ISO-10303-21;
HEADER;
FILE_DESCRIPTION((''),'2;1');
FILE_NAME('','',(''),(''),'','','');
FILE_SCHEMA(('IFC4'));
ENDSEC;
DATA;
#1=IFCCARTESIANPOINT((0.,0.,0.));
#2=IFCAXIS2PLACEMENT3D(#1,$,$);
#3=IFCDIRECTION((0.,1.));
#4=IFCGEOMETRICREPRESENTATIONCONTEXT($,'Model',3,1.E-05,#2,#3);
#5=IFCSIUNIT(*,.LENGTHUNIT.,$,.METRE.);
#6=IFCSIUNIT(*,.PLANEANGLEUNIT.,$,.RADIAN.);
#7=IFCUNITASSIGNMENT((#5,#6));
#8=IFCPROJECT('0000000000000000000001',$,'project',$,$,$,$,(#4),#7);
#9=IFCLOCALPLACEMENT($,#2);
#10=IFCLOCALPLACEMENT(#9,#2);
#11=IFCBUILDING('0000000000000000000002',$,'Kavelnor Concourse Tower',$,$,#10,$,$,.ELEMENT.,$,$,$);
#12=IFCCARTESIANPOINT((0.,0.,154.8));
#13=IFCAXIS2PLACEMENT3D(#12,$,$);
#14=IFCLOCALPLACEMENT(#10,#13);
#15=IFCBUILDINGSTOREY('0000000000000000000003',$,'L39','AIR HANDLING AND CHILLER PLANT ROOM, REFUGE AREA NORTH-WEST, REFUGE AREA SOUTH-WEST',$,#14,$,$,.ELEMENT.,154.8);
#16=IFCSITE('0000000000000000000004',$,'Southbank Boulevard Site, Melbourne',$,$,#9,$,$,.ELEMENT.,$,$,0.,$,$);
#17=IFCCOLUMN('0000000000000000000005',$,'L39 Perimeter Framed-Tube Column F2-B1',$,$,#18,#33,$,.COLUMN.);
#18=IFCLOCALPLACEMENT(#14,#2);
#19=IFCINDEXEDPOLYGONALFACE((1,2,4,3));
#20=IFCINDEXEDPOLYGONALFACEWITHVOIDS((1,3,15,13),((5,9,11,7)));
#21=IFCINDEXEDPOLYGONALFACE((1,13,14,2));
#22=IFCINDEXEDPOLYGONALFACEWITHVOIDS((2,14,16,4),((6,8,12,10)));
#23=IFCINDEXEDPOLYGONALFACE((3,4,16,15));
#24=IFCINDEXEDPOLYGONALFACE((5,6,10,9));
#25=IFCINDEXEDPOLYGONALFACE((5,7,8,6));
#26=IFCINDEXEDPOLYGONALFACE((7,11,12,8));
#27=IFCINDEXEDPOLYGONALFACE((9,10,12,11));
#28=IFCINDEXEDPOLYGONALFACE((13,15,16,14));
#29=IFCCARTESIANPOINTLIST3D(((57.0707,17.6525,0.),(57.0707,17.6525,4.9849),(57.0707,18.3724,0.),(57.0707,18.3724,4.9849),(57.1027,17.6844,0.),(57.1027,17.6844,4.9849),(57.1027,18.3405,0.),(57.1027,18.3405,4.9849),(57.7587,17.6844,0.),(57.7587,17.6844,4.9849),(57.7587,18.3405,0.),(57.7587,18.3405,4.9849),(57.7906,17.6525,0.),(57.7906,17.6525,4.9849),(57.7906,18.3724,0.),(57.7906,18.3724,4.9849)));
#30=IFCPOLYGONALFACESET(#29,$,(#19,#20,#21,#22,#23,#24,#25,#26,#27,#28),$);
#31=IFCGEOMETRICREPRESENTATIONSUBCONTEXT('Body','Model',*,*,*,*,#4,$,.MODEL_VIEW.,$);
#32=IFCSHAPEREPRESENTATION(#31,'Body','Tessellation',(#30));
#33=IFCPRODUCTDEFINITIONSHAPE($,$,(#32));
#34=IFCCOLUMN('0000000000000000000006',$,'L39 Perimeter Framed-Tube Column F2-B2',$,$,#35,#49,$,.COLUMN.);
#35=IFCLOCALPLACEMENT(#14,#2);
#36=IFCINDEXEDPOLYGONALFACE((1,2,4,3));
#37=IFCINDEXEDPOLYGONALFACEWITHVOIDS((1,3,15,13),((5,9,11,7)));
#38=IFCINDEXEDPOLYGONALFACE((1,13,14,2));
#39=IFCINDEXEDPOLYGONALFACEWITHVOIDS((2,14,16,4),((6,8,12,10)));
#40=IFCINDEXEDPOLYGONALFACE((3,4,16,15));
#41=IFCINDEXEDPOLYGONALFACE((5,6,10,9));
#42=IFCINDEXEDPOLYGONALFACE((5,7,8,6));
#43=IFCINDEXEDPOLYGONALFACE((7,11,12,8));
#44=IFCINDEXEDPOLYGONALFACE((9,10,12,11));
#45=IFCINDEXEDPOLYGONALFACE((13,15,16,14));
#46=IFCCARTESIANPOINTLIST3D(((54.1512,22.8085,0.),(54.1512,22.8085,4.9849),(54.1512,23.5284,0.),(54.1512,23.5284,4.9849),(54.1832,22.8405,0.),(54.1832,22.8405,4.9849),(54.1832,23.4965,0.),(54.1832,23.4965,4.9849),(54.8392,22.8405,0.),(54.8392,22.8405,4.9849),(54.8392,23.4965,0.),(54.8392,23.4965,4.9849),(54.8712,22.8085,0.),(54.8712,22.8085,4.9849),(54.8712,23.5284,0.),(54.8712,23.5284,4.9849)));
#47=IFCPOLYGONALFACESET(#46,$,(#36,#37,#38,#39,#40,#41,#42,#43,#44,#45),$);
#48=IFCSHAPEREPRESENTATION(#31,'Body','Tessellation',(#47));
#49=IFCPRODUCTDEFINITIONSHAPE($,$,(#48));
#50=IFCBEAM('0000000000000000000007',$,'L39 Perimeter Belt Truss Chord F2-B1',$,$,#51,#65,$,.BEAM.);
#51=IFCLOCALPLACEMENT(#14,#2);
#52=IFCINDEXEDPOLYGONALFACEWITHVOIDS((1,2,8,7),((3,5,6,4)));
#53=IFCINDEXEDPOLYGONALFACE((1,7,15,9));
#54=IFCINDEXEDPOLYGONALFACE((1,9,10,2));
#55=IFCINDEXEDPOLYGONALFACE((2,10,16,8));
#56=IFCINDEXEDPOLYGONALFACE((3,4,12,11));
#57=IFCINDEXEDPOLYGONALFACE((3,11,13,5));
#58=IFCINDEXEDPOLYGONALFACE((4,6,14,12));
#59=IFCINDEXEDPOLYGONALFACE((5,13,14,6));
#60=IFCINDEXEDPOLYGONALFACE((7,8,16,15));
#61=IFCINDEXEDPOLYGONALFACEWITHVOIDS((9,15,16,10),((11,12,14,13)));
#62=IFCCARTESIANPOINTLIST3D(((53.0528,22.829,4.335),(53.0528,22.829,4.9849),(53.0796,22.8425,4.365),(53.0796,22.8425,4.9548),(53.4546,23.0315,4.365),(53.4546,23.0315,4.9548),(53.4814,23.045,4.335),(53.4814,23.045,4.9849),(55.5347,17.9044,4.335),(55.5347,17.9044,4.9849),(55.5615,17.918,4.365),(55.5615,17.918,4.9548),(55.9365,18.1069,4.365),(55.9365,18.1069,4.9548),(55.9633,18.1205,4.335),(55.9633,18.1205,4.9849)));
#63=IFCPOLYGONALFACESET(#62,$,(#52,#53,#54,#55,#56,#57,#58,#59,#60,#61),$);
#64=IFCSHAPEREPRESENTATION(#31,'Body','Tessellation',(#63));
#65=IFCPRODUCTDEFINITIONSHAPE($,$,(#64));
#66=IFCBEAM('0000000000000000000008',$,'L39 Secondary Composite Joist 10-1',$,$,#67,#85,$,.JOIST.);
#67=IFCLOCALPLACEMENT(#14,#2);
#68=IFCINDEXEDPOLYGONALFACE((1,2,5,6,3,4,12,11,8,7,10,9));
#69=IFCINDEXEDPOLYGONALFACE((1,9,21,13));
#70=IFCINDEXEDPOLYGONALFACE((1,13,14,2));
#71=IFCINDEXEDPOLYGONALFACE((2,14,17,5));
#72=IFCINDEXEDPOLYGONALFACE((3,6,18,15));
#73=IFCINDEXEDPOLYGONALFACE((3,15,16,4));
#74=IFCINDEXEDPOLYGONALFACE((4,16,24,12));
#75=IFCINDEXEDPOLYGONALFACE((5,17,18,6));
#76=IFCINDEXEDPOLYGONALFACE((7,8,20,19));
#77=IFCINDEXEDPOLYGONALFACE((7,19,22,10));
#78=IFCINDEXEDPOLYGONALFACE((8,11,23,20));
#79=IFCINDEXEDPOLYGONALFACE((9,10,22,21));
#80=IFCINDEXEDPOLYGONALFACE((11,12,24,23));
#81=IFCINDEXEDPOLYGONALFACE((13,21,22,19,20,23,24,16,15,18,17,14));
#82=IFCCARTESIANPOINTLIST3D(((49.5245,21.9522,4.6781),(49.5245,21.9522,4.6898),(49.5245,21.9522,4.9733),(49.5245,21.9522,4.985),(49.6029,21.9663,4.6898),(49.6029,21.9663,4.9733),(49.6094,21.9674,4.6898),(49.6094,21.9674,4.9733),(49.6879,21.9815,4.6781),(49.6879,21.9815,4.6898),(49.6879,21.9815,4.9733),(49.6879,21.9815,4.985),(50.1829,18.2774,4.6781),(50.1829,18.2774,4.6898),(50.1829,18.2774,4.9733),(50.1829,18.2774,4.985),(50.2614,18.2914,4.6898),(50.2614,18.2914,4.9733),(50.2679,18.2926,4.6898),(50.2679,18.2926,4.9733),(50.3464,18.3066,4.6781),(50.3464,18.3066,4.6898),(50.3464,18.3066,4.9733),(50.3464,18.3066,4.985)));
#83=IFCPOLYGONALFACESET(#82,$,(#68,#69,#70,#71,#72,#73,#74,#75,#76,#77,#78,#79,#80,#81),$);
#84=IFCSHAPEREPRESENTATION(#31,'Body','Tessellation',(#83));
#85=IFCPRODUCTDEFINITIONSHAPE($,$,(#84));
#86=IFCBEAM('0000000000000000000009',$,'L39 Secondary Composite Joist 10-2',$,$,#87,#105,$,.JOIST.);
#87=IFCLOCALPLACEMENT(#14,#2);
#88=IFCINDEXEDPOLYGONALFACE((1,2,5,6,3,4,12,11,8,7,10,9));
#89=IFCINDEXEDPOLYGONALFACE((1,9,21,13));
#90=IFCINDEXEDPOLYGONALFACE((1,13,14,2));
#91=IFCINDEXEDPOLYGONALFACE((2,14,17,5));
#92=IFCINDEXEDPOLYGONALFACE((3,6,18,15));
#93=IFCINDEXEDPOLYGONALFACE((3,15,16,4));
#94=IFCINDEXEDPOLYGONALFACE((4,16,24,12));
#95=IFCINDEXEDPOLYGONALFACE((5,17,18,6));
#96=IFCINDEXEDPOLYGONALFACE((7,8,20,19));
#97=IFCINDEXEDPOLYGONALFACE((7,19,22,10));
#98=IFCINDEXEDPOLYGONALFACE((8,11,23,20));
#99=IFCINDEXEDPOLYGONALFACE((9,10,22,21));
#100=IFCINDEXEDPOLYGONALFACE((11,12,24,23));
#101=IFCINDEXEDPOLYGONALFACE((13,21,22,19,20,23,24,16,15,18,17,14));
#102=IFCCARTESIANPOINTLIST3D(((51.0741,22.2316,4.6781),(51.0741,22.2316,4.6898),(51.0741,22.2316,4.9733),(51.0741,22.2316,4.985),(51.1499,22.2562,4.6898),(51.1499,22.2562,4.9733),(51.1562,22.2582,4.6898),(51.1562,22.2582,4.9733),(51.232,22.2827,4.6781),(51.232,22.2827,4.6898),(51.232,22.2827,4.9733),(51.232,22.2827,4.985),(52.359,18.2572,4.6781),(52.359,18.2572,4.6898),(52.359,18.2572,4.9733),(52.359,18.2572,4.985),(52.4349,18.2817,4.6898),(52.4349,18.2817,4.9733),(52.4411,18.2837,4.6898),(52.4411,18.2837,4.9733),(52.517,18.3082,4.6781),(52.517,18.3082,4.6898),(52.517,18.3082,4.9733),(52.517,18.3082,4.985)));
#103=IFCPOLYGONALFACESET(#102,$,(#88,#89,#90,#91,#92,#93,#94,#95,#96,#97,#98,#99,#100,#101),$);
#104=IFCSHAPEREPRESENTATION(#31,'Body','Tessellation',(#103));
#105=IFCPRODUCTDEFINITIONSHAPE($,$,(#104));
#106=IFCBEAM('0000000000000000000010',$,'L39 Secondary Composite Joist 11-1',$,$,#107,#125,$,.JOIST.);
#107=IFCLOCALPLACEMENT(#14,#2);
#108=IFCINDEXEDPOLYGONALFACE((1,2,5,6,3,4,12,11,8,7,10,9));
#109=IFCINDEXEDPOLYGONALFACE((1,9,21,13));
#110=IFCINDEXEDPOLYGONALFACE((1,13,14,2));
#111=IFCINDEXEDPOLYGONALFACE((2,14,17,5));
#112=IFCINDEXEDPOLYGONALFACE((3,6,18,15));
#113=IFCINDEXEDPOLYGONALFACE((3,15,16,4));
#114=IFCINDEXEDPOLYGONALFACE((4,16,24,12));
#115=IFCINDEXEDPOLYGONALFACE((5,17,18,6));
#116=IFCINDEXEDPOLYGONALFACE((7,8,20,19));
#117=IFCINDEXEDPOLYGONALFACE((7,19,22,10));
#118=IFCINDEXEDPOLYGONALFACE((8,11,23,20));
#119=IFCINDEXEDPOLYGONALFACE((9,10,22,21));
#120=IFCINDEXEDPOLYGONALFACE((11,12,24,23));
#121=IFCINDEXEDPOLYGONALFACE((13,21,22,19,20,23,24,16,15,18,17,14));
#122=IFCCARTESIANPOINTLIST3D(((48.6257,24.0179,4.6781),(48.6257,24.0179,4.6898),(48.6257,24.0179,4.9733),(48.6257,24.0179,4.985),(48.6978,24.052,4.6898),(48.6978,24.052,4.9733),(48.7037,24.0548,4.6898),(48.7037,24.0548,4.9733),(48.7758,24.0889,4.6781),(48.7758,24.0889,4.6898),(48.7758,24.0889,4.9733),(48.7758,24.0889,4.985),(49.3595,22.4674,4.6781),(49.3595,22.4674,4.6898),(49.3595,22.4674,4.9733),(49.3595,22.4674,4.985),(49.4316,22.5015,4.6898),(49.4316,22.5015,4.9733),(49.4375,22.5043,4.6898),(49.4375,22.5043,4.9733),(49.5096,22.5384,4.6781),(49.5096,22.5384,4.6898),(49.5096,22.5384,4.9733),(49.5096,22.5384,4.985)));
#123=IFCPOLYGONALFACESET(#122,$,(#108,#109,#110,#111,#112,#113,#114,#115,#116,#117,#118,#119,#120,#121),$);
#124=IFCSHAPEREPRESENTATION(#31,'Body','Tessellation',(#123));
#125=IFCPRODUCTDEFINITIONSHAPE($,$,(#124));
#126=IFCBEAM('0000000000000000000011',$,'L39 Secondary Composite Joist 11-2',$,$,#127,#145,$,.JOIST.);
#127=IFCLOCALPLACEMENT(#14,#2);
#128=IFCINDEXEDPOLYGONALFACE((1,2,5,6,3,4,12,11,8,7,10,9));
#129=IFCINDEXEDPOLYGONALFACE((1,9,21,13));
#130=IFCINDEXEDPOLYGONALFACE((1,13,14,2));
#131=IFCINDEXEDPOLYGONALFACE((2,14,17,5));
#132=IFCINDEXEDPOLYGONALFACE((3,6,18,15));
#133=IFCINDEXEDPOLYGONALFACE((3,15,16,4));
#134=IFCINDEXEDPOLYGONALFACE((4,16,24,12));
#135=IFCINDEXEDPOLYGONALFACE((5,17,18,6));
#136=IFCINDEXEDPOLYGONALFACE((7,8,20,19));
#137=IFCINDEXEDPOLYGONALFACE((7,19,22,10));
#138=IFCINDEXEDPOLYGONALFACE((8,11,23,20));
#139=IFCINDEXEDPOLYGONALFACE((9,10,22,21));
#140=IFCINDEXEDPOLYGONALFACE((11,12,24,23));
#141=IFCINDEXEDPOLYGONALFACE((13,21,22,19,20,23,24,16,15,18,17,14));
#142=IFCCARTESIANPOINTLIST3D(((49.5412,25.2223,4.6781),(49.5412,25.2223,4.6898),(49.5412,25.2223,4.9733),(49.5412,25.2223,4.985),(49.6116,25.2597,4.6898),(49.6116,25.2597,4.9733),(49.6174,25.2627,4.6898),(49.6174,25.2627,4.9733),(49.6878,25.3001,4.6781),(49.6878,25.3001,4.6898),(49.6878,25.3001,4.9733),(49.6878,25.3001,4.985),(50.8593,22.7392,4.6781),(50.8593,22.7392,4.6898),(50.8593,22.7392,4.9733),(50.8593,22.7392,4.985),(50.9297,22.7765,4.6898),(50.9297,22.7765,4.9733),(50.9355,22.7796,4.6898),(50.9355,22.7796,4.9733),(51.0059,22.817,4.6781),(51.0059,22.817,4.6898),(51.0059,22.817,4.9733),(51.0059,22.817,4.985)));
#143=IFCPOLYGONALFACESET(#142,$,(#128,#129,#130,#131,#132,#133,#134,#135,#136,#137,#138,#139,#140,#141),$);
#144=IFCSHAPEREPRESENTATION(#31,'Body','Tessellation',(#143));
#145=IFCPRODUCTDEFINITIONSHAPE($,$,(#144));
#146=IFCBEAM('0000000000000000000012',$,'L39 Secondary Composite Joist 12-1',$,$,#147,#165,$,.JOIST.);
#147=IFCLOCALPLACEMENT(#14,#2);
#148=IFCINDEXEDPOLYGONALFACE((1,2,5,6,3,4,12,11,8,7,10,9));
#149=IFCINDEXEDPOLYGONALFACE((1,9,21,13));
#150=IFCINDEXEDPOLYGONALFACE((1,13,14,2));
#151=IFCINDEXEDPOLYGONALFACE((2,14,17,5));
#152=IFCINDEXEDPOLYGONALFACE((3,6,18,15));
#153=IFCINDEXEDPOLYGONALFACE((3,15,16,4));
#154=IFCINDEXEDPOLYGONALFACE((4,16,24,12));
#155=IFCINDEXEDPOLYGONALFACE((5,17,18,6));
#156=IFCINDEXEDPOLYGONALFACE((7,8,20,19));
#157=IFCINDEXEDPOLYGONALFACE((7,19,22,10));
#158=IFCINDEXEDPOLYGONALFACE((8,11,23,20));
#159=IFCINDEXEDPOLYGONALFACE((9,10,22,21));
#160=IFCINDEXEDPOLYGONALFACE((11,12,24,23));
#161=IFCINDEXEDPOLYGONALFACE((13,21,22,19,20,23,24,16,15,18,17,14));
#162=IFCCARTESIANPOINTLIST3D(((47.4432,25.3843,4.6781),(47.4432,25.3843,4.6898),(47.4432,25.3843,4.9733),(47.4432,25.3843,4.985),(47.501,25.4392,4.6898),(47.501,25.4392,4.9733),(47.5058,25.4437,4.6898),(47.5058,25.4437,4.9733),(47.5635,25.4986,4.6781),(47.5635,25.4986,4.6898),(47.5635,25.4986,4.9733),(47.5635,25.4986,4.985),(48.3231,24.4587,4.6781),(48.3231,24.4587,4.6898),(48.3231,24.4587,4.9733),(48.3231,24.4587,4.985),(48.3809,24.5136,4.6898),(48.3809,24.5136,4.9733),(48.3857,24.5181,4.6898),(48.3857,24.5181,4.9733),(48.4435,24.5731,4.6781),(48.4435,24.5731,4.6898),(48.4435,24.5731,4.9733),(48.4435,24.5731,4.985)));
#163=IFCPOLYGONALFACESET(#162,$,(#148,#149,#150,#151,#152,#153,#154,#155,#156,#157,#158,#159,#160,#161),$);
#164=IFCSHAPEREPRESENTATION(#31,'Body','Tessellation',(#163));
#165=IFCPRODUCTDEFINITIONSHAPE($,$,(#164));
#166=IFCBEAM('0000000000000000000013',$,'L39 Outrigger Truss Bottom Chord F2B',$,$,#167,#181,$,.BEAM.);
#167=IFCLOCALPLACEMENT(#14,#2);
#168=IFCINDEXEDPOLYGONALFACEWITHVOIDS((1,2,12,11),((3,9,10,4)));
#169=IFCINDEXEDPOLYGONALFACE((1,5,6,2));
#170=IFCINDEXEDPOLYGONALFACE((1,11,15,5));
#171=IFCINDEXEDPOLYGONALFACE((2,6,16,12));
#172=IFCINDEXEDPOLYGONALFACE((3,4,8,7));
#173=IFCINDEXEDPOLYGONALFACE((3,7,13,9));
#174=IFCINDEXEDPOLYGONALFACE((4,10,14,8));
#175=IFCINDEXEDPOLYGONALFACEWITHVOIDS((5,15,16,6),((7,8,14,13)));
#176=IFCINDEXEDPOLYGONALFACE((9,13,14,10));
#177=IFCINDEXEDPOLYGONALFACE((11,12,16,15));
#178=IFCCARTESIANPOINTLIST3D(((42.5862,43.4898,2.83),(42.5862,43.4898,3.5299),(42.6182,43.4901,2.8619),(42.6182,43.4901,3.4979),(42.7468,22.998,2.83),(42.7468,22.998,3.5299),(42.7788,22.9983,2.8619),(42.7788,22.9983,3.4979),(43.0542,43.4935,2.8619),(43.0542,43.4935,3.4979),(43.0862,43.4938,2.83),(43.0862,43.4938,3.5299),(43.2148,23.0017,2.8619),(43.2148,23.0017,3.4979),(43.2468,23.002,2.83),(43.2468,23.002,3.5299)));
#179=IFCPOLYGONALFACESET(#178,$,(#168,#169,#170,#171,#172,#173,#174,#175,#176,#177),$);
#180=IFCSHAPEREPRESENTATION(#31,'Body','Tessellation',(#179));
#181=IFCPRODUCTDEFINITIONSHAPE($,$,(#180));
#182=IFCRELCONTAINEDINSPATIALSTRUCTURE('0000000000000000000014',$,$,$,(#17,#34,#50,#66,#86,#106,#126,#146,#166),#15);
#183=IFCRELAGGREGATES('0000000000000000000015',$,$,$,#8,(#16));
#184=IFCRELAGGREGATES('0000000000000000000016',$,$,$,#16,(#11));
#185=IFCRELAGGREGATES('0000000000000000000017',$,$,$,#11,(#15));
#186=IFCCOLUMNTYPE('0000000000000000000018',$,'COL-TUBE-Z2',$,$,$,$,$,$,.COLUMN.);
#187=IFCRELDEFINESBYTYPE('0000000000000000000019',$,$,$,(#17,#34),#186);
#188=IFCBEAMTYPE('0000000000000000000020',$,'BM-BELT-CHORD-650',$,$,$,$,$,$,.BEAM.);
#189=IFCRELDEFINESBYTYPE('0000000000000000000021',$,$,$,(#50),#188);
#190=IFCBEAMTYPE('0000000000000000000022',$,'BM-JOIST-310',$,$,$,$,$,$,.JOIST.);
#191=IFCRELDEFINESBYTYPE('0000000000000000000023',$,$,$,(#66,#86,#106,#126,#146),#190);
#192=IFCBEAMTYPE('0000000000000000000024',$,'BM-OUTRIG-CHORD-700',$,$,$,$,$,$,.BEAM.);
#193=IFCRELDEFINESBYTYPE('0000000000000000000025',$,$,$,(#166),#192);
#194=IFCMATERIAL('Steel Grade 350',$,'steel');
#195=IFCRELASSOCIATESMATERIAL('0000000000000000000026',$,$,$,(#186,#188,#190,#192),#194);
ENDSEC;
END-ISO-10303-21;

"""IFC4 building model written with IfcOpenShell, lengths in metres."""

from ifc_helpers import new_model, si_unit, direction, frame, origin, origin_2d, place, context, subcontext, project, spatial, hollow_rectangle, i_section, extrude, material, material_profile, profile_set, type_object, element, save


model = new_model("IFC4")

# Units and contexts
model_context = context("Model", 3, precision=1e-05, world=origin(), true_north=direction((0.0, 1.0)))
body_context = subcontext(model_context, "Body", "Model", "MODEL_VIEW")
ifc_project = project(units=[si_unit("LENGTHUNIT", "METRE"), si_unit("PLANEANGLEUNIT", "RADIAN")], contexts=[model_context])

# Site, building, storey
site_placement = place(None, origin())
site = spatial("IfcSite", under=ifc_project, at=site_placement, Name="Southbank Boulevard Site, Melbourne", CompositionType="ELEMENT", RefElevation=0.0)
building_placement = place(site_placement, origin())
building = spatial("IfcBuilding", under=site, at=building_placement, Name="Kavelnor Concourse Tower", CompositionType="ELEMENT")
storey_placement = place(building_placement, frame((0.0, 0.0, 154.8)))
storey = spatial("IfcBuildingStorey", under=building, at=storey_placement, Name="L39", Description="AIR HANDLING AND CHILLER PLANT ROOM, REFUGE AREA NORTH-WEST, REFUGE AREA SOUTH-WEST", CompositionType="ELEMENT", Elevation=154.8)

# Columns
ifc_material_1 = material(Name="Steel Grade 350", Category="steel")
ifc_material_profile_1 = material_profile(ifc_material_1, hollow_rectangle(XDim=0.72, YDim=0.72, WallThickness=0.032, at=origin_2d()), Name="SHS 720x720x32")
ifc_profile_set_1 = profile_set([ifc_material_profile_1], Name="Steel Grade 350")
column_type = type_object("IfcColumnType", Name="COL-TUBE-Z2", PredefinedType="COLUMN", material=ifc_profile_set_1)
for number, where, z_axis, x_axis, name in (
    (1, (57.4307, 18.0125, 0.0), (0.0, 0.0, 1.0), (1.0, 0.0, 0.0), "L39 Perimeter Framed-Tube Column F2-B1"),
    (2, (54.5112, 23.1685, 0.0), (0.0, 0.0, 1.0), (1.0, 0.0, 0.0), "L39 Perimeter Framed-Tube Column F2-B2"),
):
    element("IfcColumn", number, at=place(storey_placement, frame(where, z_axis=z_axis, x_axis=x_axis)), inside=storey, type_object=column_type, Name=name, PredefinedType="COLUMN", context=body_context, shape_type="SweptSolid", body=[
        extrude(hollow_rectangle(XDim=0.72, YDim=0.72, WallThickness=0.032, at=origin_2d()), origin(), (0.0, 0.0, 1.0), 4.9849),
    ])

# Beams
ifc_material_profile_2 = material_profile(ifc_material_1, hollow_rectangle(XDim=0.48, YDim=0.6499, WallThickness=0.03, at=origin_2d()), Name="RHS 650x480x30")
ifc_profile_set_2 = profile_set([ifc_material_profile_2], Name="Steel Grade 350")
beam_type_1 = type_object("IfcBeamType", Name="BM-BELT-CHORD-650", PredefinedType="BEAM", material=ifc_profile_set_2)
beam_1_placement = place(storey_placement, frame((55.749, 18.0125, 4.6599), z_axis=(-0.450062, 0.892997, 0.0), x_axis=(-0.892997, -0.450062, 0.0)))
element("IfcBeam", 3, at=beam_1_placement, inside=storey, type_object=beam_type_1, Name="L39 Perimeter Belt Truss Chord F2-B1", PredefinedType="BEAM", context=body_context, shape_type="SweptSolid", body=[
    extrude(hollow_rectangle(XDim=0.48, YDim=0.6499, WallThickness=0.03, at=origin_2d()), origin(), (0.0, 0.0, 1.0), 5.5146),
])
ifc_material_profile_3 = material_profile(ifc_material_1, i_section(OverallWidth=0.166, OverallDepth=0.3069, WebThickness=0.0066, FlangeThickness=0.0117, at=origin_2d()), Name="310UB46")
ifc_profile_set_3 = profile_set([ifc_material_profile_3], Name="Steel Grade 350")
beam_type_2 = type_object("IfcBeamType", Name="BM-JOIST-310", PredefinedType="JOIST", material=ifc_profile_set_3)
beam_2_placement = place(storey_placement, frame((50.2646, 18.292, 4.8315), z_axis=(-0.17637, 0.984324, 0.0), x_axis=(-0.984324, -0.17637, 0.0)))
element("IfcBeam", 4, at=beam_2_placement, inside=storey, type_object=beam_type_2, Name="L39 Secondary Composite Joist 10-1", PredefinedType="JOIST", context=body_context, shape_type="SweptSolid", body=[
    extrude(i_section(OverallWidth=0.166, OverallDepth=0.3069, WebThickness=0.0066, FlangeThickness=0.0117, at=origin_2d()), origin(), (0.0, 0.0, 1.0), 3.7334),
])
beam_3_placement = place(storey_placement, frame((52.438, 18.2827, 4.8315), z_axis=(-0.307623, 0.951508, 0.0), x_axis=(-0.951508, -0.307623, 0.0)))
element("IfcBeam", 5, at=beam_3_placement, inside=storey, type_object=beam_type_2, Name="L39 Secondary Composite Joist 10-2", PredefinedType="JOIST", context=body_context, shape_type="SweptSolid", body=[
    extrude(i_section(OverallWidth=0.166, OverallDepth=0.3069, WebThickness=0.0066, FlangeThickness=0.0117, at=origin_2d()), origin(), (0.0, 0.0, 1.0), 4.177),
])
beam_4_placement = place(storey_placement, frame((49.4346, 22.5029, 4.8315), z_axis=(-0.427811, 0.903868, 0.0), x_axis=(-0.903868, -0.427811, 0.0)))
element("IfcBeam", 6, at=beam_4_placement, inside=storey, type_object=beam_type_2, Name="L39 Secondary Composite Joist 11-1", PredefinedType="JOIST", context=body_context, shape_type="SweptSolid", body=[
    extrude(i_section(OverallWidth=0.166, OverallDepth=0.3069, WebThickness=0.0066, FlangeThickness=0.0117, at=origin_2d()), origin(), (0.0, 0.0, 1.0), 1.7153),
])
beam_5_placement = place(storey_placement, frame((50.9326, 22.7781, 4.8315), z_axis=(-0.468861, 0.883272, 0.0), x_axis=(-0.883272, -0.468861, 0.0)))
element("IfcBeam", 7, at=beam_5_placement, inside=storey, type_object=beam_type_2, Name="L39 Secondary Composite Joist 11-2", PredefinedType="JOIST", context=body_context, shape_type="SweptSolid", body=[
    extrude(i_section(OverallWidth=0.166, OverallDepth=0.3069, WebThickness=0.0066, FlangeThickness=0.0117, at=origin_2d()), origin(), (0.0, 0.0, 1.0), 2.8113),
])
beam_6_placement = place(storey_placement, frame((48.3833, 24.5159, 4.8315), z_axis=(-0.689006, 0.724756, 0.0), x_axis=(-0.724756, -0.689006, 0.0)))
element("IfcBeam", 8, at=beam_6_placement, inside=storey, type_object=beam_type_2, Name="L39 Secondary Composite Joist 12-1", PredefinedType="JOIST", context=body_context, shape_type="SweptSolid", body=[
    extrude(i_section(OverallWidth=0.166, OverallDepth=0.3069, WebThickness=0.0066, FlangeThickness=0.0117, at=origin_2d()), origin(), (0.0, 0.0, 1.0), 1.2771),
])
ifc_material_profile_4 = material_profile(ifc_material_1, hollow_rectangle(XDim=0.5, YDim=0.7, WallThickness=0.032, at=origin_2d()), Name="RHS 700x500x32")
ifc_profile_set_4 = profile_set([ifc_material_profile_4], Name="Steel Grade 350")
beam_type_3 = type_object("IfcBeamType", Name="BM-OUTRIG-CHORD-700", PredefinedType="BEAM", material=ifc_profile_set_4)
for number, where, z_axis, x_axis, name in (
    (9, (42.9968, 23.0, 3.1799), (-0.007839, 0.999969, 0.0), (-0.999969, -0.007839, 0.0), "L39 Outrigger Truss Bottom Chord F2B"),
):
    element("IfcBeam", number, at=place(storey_placement, frame(where, z_axis=z_axis, x_axis=x_axis)), inside=storey, type_object=beam_type_3, Name=name, PredefinedType="BEAM", context=body_context, shape_type="SweptSolid", body=[
        extrude(hollow_rectangle(XDim=0.5, YDim=0.7, WallThickness=0.032, at=origin_2d()), origin(), (0.0, 0.0, 1.0), 20.4924),
    ])

save(model, "model.ifc")
